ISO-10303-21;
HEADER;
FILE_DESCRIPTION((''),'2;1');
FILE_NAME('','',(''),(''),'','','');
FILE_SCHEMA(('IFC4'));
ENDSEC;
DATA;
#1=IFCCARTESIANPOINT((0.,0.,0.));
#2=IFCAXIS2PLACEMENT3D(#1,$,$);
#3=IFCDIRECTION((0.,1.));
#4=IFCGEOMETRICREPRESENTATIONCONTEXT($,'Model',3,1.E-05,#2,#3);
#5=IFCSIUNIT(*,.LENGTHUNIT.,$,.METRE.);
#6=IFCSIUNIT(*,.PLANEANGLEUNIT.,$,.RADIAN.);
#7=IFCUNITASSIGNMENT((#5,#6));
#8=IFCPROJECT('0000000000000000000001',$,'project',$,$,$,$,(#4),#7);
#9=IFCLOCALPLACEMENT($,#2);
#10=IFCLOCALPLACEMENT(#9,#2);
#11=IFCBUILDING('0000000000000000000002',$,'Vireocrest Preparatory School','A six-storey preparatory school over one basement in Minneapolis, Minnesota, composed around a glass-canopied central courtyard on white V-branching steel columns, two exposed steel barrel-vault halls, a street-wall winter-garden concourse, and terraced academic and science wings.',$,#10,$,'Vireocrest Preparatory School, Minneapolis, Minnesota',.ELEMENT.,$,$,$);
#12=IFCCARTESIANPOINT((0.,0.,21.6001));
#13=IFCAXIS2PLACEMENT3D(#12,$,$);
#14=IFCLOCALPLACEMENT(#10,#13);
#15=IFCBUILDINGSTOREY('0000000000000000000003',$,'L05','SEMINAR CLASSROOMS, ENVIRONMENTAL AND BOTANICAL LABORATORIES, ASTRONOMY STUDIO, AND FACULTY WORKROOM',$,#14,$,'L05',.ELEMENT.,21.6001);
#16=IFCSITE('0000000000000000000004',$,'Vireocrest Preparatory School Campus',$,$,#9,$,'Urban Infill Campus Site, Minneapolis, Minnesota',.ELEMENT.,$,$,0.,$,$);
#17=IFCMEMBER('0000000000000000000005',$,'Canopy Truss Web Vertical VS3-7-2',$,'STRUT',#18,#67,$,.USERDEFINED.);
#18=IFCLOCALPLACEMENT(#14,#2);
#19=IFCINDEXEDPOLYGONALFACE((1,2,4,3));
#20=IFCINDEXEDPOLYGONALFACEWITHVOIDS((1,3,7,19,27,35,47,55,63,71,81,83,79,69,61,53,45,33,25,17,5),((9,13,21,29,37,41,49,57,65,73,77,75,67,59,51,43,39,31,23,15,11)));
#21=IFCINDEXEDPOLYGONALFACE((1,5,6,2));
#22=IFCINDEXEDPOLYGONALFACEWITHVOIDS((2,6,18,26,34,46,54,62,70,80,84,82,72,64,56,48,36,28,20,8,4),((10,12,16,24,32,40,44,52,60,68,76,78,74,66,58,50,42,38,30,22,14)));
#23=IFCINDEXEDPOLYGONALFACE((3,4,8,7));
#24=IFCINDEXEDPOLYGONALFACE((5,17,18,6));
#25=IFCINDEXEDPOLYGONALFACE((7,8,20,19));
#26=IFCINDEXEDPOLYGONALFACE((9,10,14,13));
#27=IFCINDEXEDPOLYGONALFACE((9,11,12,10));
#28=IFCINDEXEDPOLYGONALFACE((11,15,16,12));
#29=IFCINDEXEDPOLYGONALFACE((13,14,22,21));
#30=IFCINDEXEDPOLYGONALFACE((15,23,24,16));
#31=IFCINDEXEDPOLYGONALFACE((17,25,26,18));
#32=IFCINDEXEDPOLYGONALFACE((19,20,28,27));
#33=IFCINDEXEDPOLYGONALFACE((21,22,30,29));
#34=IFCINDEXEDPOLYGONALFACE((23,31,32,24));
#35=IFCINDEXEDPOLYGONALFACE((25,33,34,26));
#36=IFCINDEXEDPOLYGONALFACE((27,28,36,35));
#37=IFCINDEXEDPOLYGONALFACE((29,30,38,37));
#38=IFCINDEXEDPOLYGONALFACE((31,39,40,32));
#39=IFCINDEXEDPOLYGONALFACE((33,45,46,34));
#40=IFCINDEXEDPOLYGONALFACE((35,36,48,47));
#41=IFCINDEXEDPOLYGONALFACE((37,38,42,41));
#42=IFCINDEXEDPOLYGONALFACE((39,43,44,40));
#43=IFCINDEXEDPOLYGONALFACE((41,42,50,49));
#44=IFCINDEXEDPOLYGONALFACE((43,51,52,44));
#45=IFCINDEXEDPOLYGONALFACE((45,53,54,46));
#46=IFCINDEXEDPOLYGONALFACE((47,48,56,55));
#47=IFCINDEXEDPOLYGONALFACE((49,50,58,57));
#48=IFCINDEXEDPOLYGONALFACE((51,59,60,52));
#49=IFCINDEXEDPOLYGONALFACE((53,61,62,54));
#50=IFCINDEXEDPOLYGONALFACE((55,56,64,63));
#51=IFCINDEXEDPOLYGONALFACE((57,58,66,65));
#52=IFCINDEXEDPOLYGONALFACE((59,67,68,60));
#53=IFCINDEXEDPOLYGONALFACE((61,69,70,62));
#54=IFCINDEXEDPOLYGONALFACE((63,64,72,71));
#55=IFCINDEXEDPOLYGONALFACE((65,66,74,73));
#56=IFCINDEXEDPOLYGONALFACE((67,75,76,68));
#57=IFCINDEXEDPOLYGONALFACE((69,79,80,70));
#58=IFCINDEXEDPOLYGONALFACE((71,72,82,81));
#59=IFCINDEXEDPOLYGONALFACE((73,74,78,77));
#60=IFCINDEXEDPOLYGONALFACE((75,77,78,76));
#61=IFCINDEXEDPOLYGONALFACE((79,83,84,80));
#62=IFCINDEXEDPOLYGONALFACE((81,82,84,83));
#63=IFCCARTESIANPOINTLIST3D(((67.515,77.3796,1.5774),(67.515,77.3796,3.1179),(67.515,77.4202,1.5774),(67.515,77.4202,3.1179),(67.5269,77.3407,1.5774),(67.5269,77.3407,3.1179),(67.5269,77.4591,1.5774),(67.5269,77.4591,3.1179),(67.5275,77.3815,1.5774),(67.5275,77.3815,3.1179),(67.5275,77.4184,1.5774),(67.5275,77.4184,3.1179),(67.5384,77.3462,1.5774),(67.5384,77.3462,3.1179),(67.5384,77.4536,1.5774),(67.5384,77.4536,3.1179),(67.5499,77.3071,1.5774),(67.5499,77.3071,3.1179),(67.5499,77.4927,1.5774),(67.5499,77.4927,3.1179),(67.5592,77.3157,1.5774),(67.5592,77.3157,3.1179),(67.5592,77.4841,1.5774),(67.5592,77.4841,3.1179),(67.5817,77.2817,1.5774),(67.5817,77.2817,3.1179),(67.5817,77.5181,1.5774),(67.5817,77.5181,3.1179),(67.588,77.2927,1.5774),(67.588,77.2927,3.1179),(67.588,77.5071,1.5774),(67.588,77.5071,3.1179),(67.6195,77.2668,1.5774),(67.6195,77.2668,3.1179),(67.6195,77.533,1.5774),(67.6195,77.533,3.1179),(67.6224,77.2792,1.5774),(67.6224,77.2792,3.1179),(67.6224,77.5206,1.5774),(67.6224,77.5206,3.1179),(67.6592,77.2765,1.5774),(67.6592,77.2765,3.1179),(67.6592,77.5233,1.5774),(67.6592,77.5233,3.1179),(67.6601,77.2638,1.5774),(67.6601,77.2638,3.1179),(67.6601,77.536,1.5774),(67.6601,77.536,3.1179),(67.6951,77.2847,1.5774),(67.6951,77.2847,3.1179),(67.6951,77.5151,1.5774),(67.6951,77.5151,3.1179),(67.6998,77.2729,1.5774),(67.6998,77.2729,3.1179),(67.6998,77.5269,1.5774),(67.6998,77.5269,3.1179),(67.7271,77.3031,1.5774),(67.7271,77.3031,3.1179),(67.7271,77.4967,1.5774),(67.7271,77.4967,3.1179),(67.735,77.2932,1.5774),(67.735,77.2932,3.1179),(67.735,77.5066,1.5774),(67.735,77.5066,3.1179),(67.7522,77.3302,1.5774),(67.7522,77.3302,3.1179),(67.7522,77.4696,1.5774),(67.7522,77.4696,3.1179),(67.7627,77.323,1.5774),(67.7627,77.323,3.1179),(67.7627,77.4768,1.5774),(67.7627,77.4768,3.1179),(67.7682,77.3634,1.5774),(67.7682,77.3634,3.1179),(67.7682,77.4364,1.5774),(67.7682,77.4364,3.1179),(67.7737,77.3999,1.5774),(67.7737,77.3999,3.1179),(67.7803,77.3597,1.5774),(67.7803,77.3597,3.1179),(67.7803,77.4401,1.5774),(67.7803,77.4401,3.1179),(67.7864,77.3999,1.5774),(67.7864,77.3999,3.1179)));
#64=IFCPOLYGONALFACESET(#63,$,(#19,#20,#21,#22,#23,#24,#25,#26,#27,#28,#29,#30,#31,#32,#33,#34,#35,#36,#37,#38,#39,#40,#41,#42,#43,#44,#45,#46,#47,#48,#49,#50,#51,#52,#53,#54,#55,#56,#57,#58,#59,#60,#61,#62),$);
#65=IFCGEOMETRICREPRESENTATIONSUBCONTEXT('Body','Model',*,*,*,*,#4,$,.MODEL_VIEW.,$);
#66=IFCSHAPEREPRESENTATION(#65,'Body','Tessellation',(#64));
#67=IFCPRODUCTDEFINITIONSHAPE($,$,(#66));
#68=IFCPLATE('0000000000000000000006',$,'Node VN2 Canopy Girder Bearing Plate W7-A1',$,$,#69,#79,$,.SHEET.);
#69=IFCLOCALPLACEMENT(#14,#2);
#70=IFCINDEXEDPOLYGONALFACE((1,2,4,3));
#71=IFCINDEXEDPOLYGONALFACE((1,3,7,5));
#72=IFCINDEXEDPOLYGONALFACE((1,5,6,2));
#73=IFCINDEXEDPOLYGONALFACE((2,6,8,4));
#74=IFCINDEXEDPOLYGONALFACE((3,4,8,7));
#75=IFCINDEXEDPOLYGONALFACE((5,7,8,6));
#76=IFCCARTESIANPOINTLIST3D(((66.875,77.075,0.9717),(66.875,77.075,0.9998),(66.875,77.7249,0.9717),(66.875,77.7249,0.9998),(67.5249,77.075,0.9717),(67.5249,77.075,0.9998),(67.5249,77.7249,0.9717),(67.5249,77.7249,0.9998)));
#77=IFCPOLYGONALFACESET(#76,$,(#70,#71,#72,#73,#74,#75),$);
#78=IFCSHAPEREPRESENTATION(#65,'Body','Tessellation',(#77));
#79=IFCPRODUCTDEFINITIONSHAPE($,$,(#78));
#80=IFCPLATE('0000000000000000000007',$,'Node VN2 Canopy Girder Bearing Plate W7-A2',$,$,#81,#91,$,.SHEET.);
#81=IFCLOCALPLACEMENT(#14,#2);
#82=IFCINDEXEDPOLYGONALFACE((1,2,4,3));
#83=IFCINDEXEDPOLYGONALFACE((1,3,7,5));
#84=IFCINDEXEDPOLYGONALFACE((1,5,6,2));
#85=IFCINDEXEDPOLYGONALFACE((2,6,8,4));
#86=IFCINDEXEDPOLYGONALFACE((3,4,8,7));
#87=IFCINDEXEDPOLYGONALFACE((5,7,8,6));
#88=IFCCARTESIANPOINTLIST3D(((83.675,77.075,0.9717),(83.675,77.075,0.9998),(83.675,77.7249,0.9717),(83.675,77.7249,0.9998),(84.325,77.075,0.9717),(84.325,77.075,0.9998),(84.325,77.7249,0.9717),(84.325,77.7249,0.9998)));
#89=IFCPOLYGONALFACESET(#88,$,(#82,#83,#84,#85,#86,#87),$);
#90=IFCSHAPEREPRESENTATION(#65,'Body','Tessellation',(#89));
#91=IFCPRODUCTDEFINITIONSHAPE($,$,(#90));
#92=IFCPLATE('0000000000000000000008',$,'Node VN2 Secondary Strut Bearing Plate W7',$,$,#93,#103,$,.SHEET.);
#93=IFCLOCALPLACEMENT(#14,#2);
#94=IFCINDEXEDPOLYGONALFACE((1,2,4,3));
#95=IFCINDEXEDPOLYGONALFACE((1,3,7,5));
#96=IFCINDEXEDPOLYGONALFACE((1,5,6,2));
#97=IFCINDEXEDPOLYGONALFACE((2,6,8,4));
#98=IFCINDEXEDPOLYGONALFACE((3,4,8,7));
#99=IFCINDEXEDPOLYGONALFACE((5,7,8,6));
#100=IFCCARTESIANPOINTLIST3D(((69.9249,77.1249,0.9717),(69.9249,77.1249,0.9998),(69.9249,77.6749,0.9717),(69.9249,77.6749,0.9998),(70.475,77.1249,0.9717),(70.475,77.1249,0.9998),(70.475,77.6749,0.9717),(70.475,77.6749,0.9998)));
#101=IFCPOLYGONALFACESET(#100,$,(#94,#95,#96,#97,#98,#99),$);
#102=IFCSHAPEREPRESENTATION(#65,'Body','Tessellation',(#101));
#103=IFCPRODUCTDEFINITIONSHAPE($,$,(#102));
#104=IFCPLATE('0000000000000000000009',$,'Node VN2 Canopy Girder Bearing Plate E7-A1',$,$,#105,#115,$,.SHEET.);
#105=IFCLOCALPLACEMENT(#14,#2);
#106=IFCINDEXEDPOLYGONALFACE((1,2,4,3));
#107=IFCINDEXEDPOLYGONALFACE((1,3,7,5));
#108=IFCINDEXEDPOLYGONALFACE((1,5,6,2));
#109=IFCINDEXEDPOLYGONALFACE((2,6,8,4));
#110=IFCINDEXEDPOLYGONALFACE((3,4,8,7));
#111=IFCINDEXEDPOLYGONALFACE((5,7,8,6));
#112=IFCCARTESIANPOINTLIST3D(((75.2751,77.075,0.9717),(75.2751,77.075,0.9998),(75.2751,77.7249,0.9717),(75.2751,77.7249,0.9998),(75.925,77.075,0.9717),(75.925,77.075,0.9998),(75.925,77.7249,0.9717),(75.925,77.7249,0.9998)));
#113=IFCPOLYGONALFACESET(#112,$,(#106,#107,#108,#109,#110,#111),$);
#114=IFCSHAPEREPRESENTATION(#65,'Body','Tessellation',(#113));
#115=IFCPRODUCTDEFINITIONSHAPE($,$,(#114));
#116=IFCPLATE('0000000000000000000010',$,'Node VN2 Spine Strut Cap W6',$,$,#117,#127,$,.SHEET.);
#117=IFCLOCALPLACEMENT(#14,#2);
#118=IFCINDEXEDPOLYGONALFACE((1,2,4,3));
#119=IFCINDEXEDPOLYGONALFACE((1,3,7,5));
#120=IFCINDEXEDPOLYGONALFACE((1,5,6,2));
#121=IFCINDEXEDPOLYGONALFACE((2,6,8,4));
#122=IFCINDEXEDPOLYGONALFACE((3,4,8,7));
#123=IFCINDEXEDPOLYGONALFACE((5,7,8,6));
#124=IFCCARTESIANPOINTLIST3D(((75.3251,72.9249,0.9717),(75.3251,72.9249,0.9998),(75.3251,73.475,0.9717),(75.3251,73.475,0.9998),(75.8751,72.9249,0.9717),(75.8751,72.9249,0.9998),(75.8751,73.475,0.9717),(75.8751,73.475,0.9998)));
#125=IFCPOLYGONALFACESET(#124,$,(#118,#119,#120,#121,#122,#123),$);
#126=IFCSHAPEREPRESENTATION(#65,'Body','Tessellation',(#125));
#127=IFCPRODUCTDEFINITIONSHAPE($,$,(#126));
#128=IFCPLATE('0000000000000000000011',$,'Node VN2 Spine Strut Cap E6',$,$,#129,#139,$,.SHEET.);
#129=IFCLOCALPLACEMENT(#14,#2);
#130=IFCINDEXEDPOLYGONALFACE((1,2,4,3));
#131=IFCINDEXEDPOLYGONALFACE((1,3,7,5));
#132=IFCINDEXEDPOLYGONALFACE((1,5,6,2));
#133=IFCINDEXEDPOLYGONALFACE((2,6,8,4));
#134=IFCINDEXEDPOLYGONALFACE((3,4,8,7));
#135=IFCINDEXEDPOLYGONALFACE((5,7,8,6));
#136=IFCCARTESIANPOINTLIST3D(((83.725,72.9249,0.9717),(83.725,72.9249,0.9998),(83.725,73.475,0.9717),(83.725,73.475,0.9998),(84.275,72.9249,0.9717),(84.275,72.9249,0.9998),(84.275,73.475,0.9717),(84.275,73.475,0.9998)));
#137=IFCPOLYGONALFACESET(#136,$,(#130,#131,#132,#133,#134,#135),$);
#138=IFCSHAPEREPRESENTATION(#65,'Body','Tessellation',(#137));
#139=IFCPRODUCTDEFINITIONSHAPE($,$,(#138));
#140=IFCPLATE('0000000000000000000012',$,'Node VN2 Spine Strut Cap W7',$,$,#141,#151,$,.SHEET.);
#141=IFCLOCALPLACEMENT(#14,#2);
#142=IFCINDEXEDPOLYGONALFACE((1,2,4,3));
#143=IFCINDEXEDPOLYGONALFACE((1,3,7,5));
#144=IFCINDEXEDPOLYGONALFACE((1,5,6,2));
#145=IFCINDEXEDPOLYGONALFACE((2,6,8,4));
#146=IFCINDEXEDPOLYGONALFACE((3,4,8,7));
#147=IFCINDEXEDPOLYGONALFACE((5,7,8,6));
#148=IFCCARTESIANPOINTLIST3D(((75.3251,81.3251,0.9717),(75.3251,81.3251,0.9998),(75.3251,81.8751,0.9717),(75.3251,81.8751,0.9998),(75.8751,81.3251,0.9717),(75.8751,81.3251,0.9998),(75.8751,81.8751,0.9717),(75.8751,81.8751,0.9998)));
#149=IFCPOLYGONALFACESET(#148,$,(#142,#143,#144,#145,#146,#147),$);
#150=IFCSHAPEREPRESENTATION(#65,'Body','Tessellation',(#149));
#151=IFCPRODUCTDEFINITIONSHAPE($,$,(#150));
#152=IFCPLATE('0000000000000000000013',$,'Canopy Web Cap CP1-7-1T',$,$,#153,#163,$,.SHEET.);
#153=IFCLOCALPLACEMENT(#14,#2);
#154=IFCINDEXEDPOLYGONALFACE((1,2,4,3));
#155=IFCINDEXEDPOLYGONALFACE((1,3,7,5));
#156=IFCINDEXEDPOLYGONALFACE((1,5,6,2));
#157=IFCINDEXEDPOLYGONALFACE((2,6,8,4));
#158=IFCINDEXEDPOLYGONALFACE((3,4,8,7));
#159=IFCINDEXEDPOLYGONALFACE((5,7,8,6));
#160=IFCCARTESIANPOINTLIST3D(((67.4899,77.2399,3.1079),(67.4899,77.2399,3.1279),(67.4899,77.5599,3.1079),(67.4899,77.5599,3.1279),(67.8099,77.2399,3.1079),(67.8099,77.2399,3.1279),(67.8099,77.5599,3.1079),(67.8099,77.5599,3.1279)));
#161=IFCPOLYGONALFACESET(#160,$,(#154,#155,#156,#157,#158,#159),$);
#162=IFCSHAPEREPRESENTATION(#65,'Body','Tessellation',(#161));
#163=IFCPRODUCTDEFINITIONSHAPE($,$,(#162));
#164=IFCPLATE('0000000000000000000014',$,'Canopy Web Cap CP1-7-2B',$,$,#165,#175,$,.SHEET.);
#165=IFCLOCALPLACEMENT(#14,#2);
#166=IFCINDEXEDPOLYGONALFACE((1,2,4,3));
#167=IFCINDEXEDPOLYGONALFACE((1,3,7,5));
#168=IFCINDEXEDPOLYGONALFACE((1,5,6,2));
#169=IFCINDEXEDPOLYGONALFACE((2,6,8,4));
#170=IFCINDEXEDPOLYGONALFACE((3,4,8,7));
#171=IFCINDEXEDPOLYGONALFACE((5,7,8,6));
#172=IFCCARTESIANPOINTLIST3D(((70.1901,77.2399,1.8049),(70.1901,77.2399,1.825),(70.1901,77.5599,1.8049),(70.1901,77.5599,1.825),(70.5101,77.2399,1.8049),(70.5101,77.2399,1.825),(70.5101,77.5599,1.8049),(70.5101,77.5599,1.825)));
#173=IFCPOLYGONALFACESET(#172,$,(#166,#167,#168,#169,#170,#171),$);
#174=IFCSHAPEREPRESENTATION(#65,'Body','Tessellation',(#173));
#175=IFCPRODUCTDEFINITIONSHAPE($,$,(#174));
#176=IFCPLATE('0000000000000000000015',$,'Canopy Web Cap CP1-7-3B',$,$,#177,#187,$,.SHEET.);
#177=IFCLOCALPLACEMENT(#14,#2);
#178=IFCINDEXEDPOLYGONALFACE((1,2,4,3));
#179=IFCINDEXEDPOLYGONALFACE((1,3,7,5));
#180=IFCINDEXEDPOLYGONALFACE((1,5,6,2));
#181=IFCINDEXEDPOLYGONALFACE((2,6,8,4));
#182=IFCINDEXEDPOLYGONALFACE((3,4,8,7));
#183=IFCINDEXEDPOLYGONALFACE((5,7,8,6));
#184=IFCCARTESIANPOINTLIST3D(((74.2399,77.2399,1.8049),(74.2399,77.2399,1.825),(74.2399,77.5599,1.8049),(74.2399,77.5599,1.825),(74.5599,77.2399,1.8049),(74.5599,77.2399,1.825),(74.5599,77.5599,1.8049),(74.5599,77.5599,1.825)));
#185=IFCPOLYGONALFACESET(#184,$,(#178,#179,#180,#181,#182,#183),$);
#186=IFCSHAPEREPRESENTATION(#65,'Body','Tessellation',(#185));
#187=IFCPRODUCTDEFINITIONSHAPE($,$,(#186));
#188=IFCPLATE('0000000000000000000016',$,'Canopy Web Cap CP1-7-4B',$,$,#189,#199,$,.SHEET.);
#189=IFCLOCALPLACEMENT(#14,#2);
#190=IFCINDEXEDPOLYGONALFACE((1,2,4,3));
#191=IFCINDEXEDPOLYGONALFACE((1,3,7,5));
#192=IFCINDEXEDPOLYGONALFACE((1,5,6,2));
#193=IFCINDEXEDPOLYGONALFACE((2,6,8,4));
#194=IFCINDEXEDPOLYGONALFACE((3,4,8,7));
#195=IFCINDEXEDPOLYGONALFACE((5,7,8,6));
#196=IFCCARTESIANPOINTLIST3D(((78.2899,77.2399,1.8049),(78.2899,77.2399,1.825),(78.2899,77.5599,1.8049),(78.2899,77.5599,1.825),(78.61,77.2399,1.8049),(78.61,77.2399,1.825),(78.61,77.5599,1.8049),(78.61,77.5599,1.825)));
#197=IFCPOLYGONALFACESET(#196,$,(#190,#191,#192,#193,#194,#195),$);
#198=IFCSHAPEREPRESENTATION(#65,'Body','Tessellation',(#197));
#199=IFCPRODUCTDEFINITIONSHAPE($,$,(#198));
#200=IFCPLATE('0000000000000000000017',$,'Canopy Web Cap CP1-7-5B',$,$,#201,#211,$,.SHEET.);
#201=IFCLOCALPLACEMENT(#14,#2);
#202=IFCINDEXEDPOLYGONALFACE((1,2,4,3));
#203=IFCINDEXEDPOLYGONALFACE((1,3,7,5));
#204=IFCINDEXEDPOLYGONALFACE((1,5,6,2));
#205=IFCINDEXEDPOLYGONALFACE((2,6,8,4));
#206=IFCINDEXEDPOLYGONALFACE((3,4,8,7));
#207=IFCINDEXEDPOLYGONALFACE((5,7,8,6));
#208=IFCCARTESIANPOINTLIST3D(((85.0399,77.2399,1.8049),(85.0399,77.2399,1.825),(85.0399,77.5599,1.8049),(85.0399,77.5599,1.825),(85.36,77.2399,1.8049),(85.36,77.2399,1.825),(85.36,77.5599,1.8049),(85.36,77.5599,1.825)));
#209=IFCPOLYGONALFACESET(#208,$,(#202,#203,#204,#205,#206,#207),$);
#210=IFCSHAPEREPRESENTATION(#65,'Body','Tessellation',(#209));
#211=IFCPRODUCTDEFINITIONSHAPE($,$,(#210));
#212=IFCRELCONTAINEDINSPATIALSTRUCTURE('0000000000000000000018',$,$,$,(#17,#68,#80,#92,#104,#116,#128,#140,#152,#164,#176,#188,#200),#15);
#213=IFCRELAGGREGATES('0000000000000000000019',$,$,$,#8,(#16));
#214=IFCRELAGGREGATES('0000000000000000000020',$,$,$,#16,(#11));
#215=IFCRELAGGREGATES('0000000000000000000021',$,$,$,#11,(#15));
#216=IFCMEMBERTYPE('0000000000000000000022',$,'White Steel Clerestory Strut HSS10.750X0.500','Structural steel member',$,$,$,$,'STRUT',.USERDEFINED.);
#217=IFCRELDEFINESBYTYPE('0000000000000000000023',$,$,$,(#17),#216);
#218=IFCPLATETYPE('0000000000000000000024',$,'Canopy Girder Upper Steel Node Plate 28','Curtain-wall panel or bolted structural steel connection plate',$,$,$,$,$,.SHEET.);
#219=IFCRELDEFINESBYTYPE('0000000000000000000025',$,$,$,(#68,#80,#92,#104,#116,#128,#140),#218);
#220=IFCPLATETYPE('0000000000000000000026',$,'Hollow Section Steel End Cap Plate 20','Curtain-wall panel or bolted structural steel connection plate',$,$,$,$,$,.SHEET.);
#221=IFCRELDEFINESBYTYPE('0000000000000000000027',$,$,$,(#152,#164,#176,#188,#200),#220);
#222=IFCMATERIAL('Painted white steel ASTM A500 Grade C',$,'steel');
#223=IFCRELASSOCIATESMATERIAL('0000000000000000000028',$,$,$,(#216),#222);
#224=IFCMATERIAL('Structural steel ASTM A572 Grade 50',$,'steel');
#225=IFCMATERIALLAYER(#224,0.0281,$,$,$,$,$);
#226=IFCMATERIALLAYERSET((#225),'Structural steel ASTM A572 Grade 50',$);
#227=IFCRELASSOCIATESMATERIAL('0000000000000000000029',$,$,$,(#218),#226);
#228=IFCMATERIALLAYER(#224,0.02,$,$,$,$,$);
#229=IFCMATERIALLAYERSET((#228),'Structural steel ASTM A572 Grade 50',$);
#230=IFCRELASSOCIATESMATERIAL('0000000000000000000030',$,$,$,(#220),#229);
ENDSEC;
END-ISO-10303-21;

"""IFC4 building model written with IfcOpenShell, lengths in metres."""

from ifc_helpers import new_model, si_unit, direction, frame, origin, origin_2d, place, context, subcontext, project, spatial, rectangle, hollow_circle, extrude, material, layer, layer_set, material_profile, profile_set, type_object, element, save


model = new_model("IFC4")

# Units and contexts
model_context = context("Model", 3, precision=1e-05, world=origin(), true_north=direction((0.0, 1.0)))
body_context = subcontext(model_context, "Body", "Model", "MODEL_VIEW")
ifc_project = project(units=[si_unit("LENGTHUNIT", "METRE"), si_unit("PLANEANGLEUNIT", "RADIAN")], contexts=[model_context])

# Site, building, storey
site_placement = place(None, origin())
site = spatial("IfcSite", under=ifc_project, at=site_placement, Name="Vireocrest Preparatory School Campus", LongName="Urban Infill Campus Site, Minneapolis, Minnesota", CompositionType="ELEMENT", RefElevation=0.0)
building_placement = place(site_placement, origin())
building = spatial("IfcBuilding", under=site, at=building_placement, Name="Vireocrest Preparatory School", Description="A six-storey preparatory school over one basement in Minneapolis, Minnesota, composed around a glass-canopied central courtyard on white V-branching steel columns, two exposed steel barrel-vault halls, a street-wall winter-garden concourse, and terraced academic and science wings.", LongName="Vireocrest Preparatory School, Minneapolis, Minnesota", CompositionType="ELEMENT")
storey_placement = place(building_placement, frame((0.0, 0.0, 21.6001)))
storey = spatial("IfcBuildingStorey", under=building, at=storey_placement, Name="L05", Description="SEMINAR CLASSROOMS, ENVIRONMENTAL AND BOTANICAL LABORATORIES, ASTRONOMY STUDIO, AND FACULTY WORKROOM", LongName="L05", CompositionType="ELEMENT", Elevation=21.6001)

# Shared definitions
ifc_material_1 = material(Name="Painted white steel ASTM A500 Grade C", Category="steel")

# Member
ifc_material_profile_1 = material_profile(ifc_material_1, hollow_circle(Radius=0.1365, WallThickness=0.0127, at=origin_2d()), Name="HSS10.750X0.500")
ifc_profile_set_1 = profile_set([ifc_material_profile_1], Name="Painted white steel ASTM A500 Grade C")
member_type_1 = type_object("IfcMemberType", Name="White Steel Clerestory Strut HSS10.750X0.500", Description="Structural steel member", ElementType="STRUT", PredefinedType="USERDEFINED", material=ifc_profile_set_1)
member_1_placement = place(storey_placement, frame((67.6499, 77.3999, 1.5774), z_axis=(0.0, 0.0, 1.0), x_axis=(1.0, 0.0, 0.0)))
element("IfcMember", 1, at=member_1_placement, inside=storey, type_object=member_type_1, Name="Canopy Truss Web Vertical VS3-7-2", ObjectType="STRUT", PredefinedType="USERDEFINED", context=body_context, shape_type="SweptSolid", body=[
    extrude(hollow_circle(Radius=0.1365, WallThickness=0.0127, at=origin_2d()), origin(), (0.0, 0.0, 1.0), 1.5405),
])

# Plates
ifc_material_2 = material(Name="Structural steel ASTM A572 Grade 50", Category="steel")
ifc_layer_1 = layer(ifc_material_2, 0.0281)
ifc_layer_set_1 = layer_set([ifc_layer_1], Name="Structural steel ASTM A572 Grade 50")
plate_type_1 = type_object("IfcPlateType", Name="Canopy Girder Upper Steel Node Plate 28", Description="Curtain-wall panel or bolted structural steel connection plate", PredefinedType="SHEET", material=ifc_layer_set_1)
for number, where, z_axis, x_axis, name in (
    (2, (67.2, 77.3999, 0.9717), (0.0, 0.0, 1.0), (1.0, 0.0, 0.0), "Node VN2 Canopy Girder Bearing Plate W7-A1"),
    (3, (84.0, 77.3999, 0.9717), (0.0, 0.0, 1.0), (1.0, 0.0, 0.0), "Node VN2 Canopy Girder Bearing Plate W7-A2"),
):
    element("IfcPlate", number, at=place(storey_placement, frame(where, z_axis=z_axis, x_axis=x_axis)), inside=storey, type_object=plate_type_1, Name=name, PredefinedType="SHEET", context=body_context, shape_type="SweptSolid", body=[
        extrude(rectangle(XDim=0.6499, YDim=0.6499, at=origin_2d()), origin(), (0.0, 0.0, 1.0), 0.0281),
    ])
plate_1_placement = place(storey_placement, frame((70.2, 77.3999, 0.9717), z_axis=(0.0, 0.0, 1.0), x_axis=(1.0, 0.0, 0.0)))
element("IfcPlate", 4, at=plate_1_placement, inside=storey, type_object=plate_type_1, Name="Node VN2 Secondary Strut Bearing Plate W7", PredefinedType="SHEET", context=body_context, shape_type="SweptSolid", body=[
    extrude(rectangle(XDim=0.55, YDim=0.55, at=origin_2d()), origin(), (0.0, 0.0, 1.0), 0.0281),
])
plate_2_placement = place(storey_placement, frame((75.6001, 77.3999, 0.9717), z_axis=(0.0, 0.0, 1.0), x_axis=(1.0, 0.0, 0.0)))
element("IfcPlate", 5, at=plate_2_placement, inside=storey, type_object=plate_type_1, Name="Node VN2 Canopy Girder Bearing Plate E7-A1", PredefinedType="SHEET", context=body_context, shape_type="SweptSolid", body=[
    extrude(rectangle(XDim=0.6499, YDim=0.6499, at=origin_2d()), origin(), (0.0, 0.0, 1.0), 0.0281),
])
for number, where, z_axis, x_axis, name in (
    (6, (75.6001, 73.2, 0.9717), (0.0, 0.0, 1.0), (1.0, 0.0, 0.0), "Node VN2 Spine Strut Cap W6"),
    (7, (84.0, 73.2, 0.9717), (0.0, 0.0, 1.0), (1.0, 0.0, 0.0), "Node VN2 Spine Strut Cap E6"),
    (8, (75.6001, 81.6001, 0.9717), (0.0, 0.0, 1.0), (1.0, 0.0, 0.0), "Node VN2 Spine Strut Cap W7"),
):
    element("IfcPlate", number, at=place(storey_placement, frame(where, z_axis=z_axis, x_axis=x_axis)), inside=storey, type_object=plate_type_1, Name=name, PredefinedType="SHEET", context=body_context, shape_type="SweptSolid", body=[
        extrude(rectangle(XDim=0.55, YDim=0.55, at=origin_2d()), origin(), (0.0, 0.0, 1.0), 0.0281),
    ])
ifc_layer_2 = layer(ifc_material_2, 0.02)
ifc_layer_set_2 = layer_set([ifc_layer_2], Name="Structural steel ASTM A572 Grade 50")
plate_type_2 = type_object("IfcPlateType", Name="Hollow Section Steel End Cap Plate 20", Description="Curtain-wall panel or bolted structural steel connection plate", PredefinedType="SHEET", material=ifc_layer_set_2)
for number, where, z_axis, x_axis, name in (
    (9, (67.6499, 77.3999, 3.1079), (0.0, 0.0, 1.0), (1.0, 0.0, 0.0), "Canopy Web Cap CP1-7-1T"),
    (10, (70.3501, 77.3999, 1.8049), (0.0, 0.0, 1.0), (1.0, 0.0, 0.0), "Canopy Web Cap CP1-7-2B"),
    (11, (74.3999, 77.3999, 1.8049), (0.0, 0.0, 1.0), (1.0, 0.0, 0.0), "Canopy Web Cap CP1-7-3B"),
    (12, (78.45, 77.3999, 1.8049), (0.0, 0.0, 1.0), (1.0, 0.0, 0.0), "Canopy Web Cap CP1-7-4B"),
    (13, (85.2, 77.3999, 1.8049), (0.0, 0.0, 1.0), (1.0, 0.0, 0.0), "Canopy Web Cap CP1-7-5B"),
):
    element("IfcPlate", number, at=place(storey_placement, frame(where, z_axis=z_axis, x_axis=x_axis)), inside=storey, type_object=plate_type_2, Name=name, PredefinedType="SHEET", context=body_context, shape_type="SweptSolid", body=[
        extrude(rectangle(XDim=0.3201, YDim=0.3201, at=origin_2d()), origin(), (0.0, 0.0, 1.0), 0.02),
    ])

save(model, "model.ifc")
